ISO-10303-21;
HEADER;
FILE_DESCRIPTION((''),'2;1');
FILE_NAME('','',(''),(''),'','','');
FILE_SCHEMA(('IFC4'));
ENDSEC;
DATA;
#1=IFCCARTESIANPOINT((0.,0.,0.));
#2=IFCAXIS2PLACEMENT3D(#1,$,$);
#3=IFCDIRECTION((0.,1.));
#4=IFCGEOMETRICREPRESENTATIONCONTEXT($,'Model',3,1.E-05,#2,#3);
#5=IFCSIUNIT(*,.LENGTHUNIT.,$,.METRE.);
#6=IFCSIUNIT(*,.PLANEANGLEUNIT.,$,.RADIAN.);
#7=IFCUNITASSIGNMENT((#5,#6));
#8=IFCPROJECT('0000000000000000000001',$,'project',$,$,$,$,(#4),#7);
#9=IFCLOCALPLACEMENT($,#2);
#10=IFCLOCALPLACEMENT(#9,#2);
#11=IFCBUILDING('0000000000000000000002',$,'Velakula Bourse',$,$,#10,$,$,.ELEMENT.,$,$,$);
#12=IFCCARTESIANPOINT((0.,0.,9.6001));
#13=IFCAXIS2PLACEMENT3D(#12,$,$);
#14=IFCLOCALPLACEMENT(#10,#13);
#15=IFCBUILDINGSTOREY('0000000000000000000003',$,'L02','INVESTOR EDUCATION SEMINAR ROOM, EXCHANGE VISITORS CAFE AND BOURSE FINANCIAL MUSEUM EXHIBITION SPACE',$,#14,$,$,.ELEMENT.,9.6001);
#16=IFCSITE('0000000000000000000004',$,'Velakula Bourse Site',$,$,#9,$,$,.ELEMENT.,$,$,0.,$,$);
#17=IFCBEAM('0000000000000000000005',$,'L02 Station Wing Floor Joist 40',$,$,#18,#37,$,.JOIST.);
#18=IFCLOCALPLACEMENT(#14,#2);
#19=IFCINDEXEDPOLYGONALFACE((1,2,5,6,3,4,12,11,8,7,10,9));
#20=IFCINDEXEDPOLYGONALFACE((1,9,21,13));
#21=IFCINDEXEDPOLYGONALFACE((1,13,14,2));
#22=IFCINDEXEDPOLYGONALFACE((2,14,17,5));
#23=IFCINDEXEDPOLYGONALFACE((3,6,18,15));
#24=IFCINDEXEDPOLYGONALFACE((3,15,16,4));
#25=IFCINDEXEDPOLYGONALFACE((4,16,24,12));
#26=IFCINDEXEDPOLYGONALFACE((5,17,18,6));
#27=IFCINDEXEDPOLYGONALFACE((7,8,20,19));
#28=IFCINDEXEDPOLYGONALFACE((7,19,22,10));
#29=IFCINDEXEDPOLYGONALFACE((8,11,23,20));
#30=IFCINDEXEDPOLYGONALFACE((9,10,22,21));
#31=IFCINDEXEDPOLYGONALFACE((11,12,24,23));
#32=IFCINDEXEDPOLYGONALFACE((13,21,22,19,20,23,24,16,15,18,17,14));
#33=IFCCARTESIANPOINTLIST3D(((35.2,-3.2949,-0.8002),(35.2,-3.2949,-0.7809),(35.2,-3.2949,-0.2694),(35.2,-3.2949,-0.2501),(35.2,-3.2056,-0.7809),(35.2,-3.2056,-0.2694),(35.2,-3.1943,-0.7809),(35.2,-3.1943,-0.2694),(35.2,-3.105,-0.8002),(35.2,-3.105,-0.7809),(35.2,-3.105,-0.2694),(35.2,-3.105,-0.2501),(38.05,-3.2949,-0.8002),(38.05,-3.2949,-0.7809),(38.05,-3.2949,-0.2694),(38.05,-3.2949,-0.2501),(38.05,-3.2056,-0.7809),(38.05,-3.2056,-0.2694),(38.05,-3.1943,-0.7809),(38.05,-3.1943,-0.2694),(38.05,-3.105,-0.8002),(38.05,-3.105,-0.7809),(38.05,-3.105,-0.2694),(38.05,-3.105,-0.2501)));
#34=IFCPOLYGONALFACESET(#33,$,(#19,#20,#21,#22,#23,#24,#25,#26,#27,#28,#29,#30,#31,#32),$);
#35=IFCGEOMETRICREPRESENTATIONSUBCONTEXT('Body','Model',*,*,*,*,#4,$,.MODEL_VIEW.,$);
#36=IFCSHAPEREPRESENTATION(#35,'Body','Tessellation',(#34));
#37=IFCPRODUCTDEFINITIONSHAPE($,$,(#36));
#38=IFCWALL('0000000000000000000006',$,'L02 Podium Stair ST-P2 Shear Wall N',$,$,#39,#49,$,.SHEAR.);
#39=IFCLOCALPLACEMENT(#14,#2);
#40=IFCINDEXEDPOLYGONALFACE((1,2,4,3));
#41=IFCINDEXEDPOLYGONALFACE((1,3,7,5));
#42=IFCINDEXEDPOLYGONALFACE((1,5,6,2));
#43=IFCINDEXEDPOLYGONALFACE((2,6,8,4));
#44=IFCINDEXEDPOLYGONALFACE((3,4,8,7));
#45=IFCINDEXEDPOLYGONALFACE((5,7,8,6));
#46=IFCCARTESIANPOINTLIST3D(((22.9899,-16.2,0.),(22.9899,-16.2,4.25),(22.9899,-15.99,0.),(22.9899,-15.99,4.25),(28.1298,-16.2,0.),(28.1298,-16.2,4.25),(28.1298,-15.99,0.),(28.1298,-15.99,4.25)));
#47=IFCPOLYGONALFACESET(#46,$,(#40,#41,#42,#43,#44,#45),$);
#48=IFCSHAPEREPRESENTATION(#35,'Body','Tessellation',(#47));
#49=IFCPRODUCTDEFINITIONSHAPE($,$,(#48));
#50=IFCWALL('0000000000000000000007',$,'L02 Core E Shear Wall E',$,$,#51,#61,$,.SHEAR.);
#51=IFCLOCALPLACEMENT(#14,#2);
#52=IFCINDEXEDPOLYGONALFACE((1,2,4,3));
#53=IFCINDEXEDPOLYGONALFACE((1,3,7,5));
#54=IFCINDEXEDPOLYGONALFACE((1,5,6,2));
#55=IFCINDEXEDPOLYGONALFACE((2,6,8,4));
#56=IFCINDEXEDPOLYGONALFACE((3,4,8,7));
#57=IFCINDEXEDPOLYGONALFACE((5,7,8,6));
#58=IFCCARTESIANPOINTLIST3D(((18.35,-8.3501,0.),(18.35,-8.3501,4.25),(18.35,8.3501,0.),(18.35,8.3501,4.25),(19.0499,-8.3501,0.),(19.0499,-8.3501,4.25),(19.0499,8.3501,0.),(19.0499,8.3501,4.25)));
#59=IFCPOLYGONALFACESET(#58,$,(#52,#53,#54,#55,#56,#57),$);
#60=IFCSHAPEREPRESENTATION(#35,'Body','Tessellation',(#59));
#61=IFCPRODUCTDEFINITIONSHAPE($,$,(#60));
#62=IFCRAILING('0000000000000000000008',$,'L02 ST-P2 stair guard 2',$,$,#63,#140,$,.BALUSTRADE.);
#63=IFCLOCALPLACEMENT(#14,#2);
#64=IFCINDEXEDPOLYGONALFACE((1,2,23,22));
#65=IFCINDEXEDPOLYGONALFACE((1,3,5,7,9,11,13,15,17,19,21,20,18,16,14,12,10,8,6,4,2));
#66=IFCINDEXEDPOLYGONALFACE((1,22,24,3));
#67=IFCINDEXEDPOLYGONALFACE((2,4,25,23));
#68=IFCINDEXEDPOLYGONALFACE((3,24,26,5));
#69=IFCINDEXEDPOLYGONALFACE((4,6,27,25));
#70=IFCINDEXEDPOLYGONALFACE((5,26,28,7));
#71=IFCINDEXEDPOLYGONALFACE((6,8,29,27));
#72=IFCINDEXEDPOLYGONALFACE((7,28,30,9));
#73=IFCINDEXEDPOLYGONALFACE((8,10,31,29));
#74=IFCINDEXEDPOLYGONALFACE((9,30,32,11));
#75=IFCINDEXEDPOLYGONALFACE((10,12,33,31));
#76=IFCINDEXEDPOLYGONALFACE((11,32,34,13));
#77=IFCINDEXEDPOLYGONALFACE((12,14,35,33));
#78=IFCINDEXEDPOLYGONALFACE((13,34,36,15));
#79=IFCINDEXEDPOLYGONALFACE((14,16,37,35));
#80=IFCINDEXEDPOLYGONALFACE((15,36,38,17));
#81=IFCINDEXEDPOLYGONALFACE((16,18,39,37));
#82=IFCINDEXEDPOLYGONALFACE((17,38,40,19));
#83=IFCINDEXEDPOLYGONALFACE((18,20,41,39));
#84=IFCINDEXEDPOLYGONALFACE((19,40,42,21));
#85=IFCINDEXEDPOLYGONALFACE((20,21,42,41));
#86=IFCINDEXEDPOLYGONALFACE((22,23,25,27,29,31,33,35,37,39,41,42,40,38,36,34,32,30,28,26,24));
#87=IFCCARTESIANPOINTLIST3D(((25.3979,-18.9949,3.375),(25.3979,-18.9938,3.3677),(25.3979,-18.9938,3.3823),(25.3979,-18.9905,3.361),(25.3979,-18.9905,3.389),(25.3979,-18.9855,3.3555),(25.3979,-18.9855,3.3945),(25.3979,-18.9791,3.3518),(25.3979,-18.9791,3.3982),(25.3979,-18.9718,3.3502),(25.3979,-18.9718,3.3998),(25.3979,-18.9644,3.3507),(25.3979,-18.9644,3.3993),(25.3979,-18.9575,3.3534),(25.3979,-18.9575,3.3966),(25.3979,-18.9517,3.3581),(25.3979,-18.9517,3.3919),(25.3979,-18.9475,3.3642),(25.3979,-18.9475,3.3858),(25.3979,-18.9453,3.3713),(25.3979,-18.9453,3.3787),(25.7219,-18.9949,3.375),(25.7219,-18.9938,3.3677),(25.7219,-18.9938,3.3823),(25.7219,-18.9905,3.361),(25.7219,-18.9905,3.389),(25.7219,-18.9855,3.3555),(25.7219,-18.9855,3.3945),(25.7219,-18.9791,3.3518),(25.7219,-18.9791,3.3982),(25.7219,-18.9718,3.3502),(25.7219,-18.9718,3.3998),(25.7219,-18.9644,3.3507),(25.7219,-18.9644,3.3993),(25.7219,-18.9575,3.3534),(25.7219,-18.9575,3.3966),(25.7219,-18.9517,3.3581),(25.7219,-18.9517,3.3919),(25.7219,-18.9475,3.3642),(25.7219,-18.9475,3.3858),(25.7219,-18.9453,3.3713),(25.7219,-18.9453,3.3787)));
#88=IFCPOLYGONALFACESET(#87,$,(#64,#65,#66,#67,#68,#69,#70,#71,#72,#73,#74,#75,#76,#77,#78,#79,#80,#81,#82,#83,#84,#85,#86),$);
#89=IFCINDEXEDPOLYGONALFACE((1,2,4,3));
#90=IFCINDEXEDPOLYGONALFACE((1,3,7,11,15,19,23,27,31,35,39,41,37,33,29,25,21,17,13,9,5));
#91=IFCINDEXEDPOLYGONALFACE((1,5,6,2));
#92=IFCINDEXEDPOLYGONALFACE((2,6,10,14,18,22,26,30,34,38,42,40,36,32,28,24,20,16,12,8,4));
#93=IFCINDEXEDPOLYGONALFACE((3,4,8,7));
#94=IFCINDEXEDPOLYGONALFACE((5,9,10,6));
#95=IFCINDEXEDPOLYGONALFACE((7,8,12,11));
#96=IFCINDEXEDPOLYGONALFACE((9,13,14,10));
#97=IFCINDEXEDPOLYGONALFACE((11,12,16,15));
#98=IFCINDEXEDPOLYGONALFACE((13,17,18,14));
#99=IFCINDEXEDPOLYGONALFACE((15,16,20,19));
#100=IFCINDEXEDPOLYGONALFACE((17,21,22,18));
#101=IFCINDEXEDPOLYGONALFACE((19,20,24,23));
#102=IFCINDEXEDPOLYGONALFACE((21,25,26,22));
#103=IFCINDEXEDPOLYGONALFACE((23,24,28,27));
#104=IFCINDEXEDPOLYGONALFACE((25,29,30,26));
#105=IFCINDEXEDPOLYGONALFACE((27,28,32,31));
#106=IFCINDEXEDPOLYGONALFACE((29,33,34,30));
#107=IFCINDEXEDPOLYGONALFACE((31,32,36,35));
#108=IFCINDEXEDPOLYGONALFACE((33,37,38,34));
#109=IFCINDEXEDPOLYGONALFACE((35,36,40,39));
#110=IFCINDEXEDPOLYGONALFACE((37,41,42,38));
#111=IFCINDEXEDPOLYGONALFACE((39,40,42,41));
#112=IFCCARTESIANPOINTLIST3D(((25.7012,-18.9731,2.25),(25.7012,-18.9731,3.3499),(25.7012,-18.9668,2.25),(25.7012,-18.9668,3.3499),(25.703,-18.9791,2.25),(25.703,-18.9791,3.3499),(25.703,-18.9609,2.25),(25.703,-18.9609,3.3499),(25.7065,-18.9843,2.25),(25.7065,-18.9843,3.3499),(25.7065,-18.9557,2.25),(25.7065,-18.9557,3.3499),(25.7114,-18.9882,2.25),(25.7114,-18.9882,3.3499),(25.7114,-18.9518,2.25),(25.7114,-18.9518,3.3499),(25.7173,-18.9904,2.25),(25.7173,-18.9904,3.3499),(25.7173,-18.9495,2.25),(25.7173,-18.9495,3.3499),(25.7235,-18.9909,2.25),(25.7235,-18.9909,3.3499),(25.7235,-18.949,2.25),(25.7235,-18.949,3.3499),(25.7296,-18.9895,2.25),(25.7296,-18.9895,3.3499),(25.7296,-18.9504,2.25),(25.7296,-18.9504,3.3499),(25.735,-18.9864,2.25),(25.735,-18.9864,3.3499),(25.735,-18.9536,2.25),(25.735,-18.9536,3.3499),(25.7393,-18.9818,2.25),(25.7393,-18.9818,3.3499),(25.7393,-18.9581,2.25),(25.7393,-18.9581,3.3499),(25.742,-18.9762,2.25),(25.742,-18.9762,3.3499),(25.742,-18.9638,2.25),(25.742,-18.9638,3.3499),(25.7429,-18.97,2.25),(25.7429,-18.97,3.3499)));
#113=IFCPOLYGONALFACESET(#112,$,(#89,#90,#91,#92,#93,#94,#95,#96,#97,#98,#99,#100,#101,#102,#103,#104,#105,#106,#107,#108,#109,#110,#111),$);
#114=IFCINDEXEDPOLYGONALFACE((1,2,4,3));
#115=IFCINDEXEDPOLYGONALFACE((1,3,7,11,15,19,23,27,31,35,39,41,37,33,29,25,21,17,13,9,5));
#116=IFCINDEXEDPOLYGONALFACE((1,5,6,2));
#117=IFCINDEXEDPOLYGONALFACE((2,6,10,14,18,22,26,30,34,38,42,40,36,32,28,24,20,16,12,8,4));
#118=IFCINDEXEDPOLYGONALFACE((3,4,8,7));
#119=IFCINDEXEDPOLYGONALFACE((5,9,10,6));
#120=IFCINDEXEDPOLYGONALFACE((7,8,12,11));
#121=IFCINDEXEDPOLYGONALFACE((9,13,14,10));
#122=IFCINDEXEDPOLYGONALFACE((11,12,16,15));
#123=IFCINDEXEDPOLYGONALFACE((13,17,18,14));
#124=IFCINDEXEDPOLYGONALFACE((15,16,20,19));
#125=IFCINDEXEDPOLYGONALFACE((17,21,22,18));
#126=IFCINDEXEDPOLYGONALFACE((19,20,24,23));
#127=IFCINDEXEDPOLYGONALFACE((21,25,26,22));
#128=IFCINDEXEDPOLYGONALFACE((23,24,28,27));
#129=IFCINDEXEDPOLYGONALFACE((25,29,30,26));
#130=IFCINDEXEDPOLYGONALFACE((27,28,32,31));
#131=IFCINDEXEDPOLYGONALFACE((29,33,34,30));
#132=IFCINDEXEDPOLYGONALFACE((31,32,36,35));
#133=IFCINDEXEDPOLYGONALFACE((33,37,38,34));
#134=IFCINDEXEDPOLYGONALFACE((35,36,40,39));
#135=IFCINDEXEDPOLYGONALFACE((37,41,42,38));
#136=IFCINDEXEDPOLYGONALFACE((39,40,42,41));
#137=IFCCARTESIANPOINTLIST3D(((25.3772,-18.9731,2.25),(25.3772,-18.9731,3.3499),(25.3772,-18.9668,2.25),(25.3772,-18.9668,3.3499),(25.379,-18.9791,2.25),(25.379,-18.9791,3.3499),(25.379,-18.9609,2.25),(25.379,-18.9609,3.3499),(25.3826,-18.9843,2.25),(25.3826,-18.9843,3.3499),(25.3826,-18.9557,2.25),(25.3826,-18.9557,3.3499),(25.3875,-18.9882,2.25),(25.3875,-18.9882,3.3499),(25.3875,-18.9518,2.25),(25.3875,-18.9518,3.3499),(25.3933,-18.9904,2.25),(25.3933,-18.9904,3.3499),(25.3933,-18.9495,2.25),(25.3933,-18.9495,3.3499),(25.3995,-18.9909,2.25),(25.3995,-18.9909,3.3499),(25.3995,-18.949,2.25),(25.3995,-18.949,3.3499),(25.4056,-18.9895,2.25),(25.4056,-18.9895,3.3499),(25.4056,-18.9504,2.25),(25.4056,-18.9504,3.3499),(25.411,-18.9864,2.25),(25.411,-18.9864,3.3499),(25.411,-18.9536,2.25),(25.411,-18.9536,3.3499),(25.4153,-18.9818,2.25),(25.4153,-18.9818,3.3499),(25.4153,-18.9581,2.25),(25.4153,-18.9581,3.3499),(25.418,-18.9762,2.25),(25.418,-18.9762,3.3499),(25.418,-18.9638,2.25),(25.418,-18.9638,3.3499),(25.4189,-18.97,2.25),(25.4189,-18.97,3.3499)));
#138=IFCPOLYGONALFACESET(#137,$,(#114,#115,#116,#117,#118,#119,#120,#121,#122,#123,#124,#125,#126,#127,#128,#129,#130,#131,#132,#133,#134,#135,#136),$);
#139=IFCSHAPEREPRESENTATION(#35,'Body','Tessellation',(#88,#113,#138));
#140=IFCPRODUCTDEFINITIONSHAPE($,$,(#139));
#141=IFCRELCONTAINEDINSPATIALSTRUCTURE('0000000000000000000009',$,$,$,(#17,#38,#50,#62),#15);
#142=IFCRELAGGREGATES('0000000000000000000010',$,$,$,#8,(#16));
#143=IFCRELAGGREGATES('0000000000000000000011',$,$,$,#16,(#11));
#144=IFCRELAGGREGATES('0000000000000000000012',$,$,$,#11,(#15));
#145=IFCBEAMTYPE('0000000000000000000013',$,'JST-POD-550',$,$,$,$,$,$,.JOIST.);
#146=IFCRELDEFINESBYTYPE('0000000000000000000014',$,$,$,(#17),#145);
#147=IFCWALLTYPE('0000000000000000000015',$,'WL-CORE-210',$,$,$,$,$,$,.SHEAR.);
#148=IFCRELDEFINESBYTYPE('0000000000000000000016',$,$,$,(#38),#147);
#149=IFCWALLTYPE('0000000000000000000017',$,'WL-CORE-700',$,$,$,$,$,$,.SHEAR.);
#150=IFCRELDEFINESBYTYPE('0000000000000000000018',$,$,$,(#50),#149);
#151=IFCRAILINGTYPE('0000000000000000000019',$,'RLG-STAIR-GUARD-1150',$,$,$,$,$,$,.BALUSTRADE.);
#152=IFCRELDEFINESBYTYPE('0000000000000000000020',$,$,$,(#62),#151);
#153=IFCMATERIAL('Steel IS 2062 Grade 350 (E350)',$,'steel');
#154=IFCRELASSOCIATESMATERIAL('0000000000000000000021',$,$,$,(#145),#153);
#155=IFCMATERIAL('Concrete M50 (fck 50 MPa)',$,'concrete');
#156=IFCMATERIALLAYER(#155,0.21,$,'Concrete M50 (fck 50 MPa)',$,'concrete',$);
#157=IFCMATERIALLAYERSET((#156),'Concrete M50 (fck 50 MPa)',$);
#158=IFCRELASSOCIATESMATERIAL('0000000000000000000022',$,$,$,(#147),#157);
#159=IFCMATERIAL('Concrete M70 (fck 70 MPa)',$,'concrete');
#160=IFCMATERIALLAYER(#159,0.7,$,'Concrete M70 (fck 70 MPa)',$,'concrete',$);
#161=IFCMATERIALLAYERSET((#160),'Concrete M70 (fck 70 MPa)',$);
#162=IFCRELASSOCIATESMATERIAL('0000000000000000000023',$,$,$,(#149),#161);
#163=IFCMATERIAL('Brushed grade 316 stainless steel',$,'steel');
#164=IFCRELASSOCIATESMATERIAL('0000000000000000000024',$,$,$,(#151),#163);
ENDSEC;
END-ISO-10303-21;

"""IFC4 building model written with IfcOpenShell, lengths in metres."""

from ifc_helpers import new_model, si_unit, direction, frame, frame_2d, origin, origin_2d, place, context, subcontext, project, spatial, rectangle, circle, i_section, extrude, material, layer, layer_set, material_profile, profile_set, type_object, element, save


model = new_model("IFC4")

# Units and contexts
model_context = context("Model", 3, precision=1e-05, world=origin(), true_north=direction((0.0, 1.0)))
body_context = subcontext(model_context, "Body", "Model", "MODEL_VIEW")
ifc_project = project(units=[si_unit("LENGTHUNIT", "METRE"), si_unit("PLANEANGLEUNIT", "RADIAN")], contexts=[model_context])

# Site, building, storey
site_placement = place(None, origin())
site = spatial("IfcSite", under=ifc_project, at=site_placement, Name="Velakula Bourse Site", CompositionType="ELEMENT", RefElevation=0.0)
building_placement = place(site_placement, origin())
building = spatial("IfcBuilding", under=site, at=building_placement, Name="Velakula Bourse", CompositionType="ELEMENT")
storey_placement = place(building_placement, frame((0.0, 0.0, 9.6001)))
storey = spatial("IfcBuildingStorey", under=building, at=storey_placement, Name="L02", Description="INVESTOR EDUCATION SEMINAR ROOM, EXCHANGE VISITORS CAFE AND BOURSE FINANCIAL MUSEUM EXHIBITION SPACE", CompositionType="ELEMENT", Elevation=9.6001)

# Shared definitions
ifc_material_1 = material(Name="Concrete M70 (fck 70 MPa)", Category="concrete")

# Beam
ifc_material_2 = material(Name="Steel IS 2062 Grade 350 (E350)", Category="steel")
ifc_material_profile_1 = material_profile(ifc_material_2, i_section(OverallWidth=0.1899, OverallDepth=0.55, WebThickness=0.0112, FlangeThickness=0.0193, at=origin_2d()), Name="Steel IS 2062 Grade 350 (E350)")
ifc_profile_set_1 = profile_set([ifc_material_profile_1], Name="Steel IS 2062 Grade 350 (E350)")
beam_type_1 = type_object("IfcBeamType", Name="JST-POD-550", PredefinedType="JOIST", material=ifc_profile_set_1)
beam_1_placement = place(storey_placement, frame((35.2, -3.2, -0.5251), z_axis=(1.0, 0.0, 0.0), x_axis=(0.0, 1.0, 0.0)))
element("IfcBeam", 1, at=beam_1_placement, inside=storey, type_object=beam_type_1, Name="L02 Station Wing Floor Joist 40", PredefinedType="JOIST", context=body_context, shape_type="SweptSolid", body=[
    extrude(i_section(OverallWidth=0.1899, OverallDepth=0.55, WebThickness=0.0112, FlangeThickness=0.0193, at=origin_2d()), origin(), (0.0, 0.0, 1.0), 2.8501),
])

# Walls
ifc_material_3 = material(Name="Concrete M50 (fck 50 MPa)", Category="concrete")
ifc_layer_1 = layer(ifc_material_3, 0.21, Name="Concrete M50 (fck 50 MPa)", Category="concrete")
ifc_layer_set_1 = layer_set([ifc_layer_1], Name="Concrete M50 (fck 50 MPa)")
wall_type_1 = type_object("IfcWallType", Name="WL-CORE-210", PredefinedType="SHEAR", material=ifc_layer_set_1)
wall_1_placement = place(storey_placement, frame((22.99, -16.095, 0.0), z_axis=(0.0, 0.0, 1.0), x_axis=(1.0, 0.0, 0.0)))
element("IfcWall", 2, at=wall_1_placement, inside=storey, type_object=wall_type_1, Name="L02 Podium Stair ST-P2 Shear Wall N", PredefinedType="SHEAR", context=body_context, shape_type="SweptSolid", body=[
    extrude(rectangle(XDim=5.1399, YDim=0.21, at=frame_2d((2.5698, 0.0))), origin(), (0.0, 0.0, 1.0), 4.25),
])
ifc_layer_2 = layer(ifc_material_1, 0.7, Name="Concrete M70 (fck 70 MPa)", Category="concrete")
ifc_layer_set_2 = layer_set([ifc_layer_2], Name="Concrete M70 (fck 70 MPa)")
wall_type_2 = type_object("IfcWallType", Name="WL-CORE-700", PredefinedType="SHEAR", material=ifc_layer_set_2)
wall_2_placement = place(storey_placement, frame((18.7, -8.3501, 0.0), z_axis=(0.0, 0.0, 1.0), x_axis=(0.0, 1.0, 0.0)))
element("IfcWall", 3, at=wall_2_placement, inside=storey, type_object=wall_type_2, Name="L02 Core E Shear Wall E", PredefinedType="SHEAR", context=body_context, shape_type="SweptSolid", body=[
    extrude(rectangle(XDim=16.7002, YDim=0.7, at=frame_2d((8.3501, 0.0))), origin(), (0.0, 0.0, 1.0), 4.25),
])

# Railing
ifc_material_4 = material(Name="Brushed grade 316 stainless steel", Category="steel")
railing_type = type_object("IfcRailingType", Name="RLG-STAIR-GUARD-1150", PredefinedType="BALUSTRADE", material=ifc_material_4)
railing_placement = place(storey_placement, frame((25.7219, -18.97, 2.25)))
element("IfcRailing", 4, at=railing_placement, inside=storey, type_object=railing_type, Name="L02 ST-P2 stair guard 2", PredefinedType="BALUSTRADE", context=body_context, shape_type="SweptSolid", body=[
    extrude(circle(Radius=0.0249, at=origin_2d()), frame((0.0, 0.0, 1.125), z_axis=(-1.0, 0.0, 0.0), x_axis=(0.0, -1.0, 0.0)), (0.0, 0.0, 1.0), 0.324),
    extrude(circle(Radius=0.021, at=origin_2d()), origin(), (0.0, 0.0, 1.0), 1.0999),
    extrude(circle(Radius=0.021, at=origin_2d()), frame((-0.324, 0.0, 0.0)), (0.0, 0.0, 1.0), 1.0999),
])

save(model, "model.ifc")
